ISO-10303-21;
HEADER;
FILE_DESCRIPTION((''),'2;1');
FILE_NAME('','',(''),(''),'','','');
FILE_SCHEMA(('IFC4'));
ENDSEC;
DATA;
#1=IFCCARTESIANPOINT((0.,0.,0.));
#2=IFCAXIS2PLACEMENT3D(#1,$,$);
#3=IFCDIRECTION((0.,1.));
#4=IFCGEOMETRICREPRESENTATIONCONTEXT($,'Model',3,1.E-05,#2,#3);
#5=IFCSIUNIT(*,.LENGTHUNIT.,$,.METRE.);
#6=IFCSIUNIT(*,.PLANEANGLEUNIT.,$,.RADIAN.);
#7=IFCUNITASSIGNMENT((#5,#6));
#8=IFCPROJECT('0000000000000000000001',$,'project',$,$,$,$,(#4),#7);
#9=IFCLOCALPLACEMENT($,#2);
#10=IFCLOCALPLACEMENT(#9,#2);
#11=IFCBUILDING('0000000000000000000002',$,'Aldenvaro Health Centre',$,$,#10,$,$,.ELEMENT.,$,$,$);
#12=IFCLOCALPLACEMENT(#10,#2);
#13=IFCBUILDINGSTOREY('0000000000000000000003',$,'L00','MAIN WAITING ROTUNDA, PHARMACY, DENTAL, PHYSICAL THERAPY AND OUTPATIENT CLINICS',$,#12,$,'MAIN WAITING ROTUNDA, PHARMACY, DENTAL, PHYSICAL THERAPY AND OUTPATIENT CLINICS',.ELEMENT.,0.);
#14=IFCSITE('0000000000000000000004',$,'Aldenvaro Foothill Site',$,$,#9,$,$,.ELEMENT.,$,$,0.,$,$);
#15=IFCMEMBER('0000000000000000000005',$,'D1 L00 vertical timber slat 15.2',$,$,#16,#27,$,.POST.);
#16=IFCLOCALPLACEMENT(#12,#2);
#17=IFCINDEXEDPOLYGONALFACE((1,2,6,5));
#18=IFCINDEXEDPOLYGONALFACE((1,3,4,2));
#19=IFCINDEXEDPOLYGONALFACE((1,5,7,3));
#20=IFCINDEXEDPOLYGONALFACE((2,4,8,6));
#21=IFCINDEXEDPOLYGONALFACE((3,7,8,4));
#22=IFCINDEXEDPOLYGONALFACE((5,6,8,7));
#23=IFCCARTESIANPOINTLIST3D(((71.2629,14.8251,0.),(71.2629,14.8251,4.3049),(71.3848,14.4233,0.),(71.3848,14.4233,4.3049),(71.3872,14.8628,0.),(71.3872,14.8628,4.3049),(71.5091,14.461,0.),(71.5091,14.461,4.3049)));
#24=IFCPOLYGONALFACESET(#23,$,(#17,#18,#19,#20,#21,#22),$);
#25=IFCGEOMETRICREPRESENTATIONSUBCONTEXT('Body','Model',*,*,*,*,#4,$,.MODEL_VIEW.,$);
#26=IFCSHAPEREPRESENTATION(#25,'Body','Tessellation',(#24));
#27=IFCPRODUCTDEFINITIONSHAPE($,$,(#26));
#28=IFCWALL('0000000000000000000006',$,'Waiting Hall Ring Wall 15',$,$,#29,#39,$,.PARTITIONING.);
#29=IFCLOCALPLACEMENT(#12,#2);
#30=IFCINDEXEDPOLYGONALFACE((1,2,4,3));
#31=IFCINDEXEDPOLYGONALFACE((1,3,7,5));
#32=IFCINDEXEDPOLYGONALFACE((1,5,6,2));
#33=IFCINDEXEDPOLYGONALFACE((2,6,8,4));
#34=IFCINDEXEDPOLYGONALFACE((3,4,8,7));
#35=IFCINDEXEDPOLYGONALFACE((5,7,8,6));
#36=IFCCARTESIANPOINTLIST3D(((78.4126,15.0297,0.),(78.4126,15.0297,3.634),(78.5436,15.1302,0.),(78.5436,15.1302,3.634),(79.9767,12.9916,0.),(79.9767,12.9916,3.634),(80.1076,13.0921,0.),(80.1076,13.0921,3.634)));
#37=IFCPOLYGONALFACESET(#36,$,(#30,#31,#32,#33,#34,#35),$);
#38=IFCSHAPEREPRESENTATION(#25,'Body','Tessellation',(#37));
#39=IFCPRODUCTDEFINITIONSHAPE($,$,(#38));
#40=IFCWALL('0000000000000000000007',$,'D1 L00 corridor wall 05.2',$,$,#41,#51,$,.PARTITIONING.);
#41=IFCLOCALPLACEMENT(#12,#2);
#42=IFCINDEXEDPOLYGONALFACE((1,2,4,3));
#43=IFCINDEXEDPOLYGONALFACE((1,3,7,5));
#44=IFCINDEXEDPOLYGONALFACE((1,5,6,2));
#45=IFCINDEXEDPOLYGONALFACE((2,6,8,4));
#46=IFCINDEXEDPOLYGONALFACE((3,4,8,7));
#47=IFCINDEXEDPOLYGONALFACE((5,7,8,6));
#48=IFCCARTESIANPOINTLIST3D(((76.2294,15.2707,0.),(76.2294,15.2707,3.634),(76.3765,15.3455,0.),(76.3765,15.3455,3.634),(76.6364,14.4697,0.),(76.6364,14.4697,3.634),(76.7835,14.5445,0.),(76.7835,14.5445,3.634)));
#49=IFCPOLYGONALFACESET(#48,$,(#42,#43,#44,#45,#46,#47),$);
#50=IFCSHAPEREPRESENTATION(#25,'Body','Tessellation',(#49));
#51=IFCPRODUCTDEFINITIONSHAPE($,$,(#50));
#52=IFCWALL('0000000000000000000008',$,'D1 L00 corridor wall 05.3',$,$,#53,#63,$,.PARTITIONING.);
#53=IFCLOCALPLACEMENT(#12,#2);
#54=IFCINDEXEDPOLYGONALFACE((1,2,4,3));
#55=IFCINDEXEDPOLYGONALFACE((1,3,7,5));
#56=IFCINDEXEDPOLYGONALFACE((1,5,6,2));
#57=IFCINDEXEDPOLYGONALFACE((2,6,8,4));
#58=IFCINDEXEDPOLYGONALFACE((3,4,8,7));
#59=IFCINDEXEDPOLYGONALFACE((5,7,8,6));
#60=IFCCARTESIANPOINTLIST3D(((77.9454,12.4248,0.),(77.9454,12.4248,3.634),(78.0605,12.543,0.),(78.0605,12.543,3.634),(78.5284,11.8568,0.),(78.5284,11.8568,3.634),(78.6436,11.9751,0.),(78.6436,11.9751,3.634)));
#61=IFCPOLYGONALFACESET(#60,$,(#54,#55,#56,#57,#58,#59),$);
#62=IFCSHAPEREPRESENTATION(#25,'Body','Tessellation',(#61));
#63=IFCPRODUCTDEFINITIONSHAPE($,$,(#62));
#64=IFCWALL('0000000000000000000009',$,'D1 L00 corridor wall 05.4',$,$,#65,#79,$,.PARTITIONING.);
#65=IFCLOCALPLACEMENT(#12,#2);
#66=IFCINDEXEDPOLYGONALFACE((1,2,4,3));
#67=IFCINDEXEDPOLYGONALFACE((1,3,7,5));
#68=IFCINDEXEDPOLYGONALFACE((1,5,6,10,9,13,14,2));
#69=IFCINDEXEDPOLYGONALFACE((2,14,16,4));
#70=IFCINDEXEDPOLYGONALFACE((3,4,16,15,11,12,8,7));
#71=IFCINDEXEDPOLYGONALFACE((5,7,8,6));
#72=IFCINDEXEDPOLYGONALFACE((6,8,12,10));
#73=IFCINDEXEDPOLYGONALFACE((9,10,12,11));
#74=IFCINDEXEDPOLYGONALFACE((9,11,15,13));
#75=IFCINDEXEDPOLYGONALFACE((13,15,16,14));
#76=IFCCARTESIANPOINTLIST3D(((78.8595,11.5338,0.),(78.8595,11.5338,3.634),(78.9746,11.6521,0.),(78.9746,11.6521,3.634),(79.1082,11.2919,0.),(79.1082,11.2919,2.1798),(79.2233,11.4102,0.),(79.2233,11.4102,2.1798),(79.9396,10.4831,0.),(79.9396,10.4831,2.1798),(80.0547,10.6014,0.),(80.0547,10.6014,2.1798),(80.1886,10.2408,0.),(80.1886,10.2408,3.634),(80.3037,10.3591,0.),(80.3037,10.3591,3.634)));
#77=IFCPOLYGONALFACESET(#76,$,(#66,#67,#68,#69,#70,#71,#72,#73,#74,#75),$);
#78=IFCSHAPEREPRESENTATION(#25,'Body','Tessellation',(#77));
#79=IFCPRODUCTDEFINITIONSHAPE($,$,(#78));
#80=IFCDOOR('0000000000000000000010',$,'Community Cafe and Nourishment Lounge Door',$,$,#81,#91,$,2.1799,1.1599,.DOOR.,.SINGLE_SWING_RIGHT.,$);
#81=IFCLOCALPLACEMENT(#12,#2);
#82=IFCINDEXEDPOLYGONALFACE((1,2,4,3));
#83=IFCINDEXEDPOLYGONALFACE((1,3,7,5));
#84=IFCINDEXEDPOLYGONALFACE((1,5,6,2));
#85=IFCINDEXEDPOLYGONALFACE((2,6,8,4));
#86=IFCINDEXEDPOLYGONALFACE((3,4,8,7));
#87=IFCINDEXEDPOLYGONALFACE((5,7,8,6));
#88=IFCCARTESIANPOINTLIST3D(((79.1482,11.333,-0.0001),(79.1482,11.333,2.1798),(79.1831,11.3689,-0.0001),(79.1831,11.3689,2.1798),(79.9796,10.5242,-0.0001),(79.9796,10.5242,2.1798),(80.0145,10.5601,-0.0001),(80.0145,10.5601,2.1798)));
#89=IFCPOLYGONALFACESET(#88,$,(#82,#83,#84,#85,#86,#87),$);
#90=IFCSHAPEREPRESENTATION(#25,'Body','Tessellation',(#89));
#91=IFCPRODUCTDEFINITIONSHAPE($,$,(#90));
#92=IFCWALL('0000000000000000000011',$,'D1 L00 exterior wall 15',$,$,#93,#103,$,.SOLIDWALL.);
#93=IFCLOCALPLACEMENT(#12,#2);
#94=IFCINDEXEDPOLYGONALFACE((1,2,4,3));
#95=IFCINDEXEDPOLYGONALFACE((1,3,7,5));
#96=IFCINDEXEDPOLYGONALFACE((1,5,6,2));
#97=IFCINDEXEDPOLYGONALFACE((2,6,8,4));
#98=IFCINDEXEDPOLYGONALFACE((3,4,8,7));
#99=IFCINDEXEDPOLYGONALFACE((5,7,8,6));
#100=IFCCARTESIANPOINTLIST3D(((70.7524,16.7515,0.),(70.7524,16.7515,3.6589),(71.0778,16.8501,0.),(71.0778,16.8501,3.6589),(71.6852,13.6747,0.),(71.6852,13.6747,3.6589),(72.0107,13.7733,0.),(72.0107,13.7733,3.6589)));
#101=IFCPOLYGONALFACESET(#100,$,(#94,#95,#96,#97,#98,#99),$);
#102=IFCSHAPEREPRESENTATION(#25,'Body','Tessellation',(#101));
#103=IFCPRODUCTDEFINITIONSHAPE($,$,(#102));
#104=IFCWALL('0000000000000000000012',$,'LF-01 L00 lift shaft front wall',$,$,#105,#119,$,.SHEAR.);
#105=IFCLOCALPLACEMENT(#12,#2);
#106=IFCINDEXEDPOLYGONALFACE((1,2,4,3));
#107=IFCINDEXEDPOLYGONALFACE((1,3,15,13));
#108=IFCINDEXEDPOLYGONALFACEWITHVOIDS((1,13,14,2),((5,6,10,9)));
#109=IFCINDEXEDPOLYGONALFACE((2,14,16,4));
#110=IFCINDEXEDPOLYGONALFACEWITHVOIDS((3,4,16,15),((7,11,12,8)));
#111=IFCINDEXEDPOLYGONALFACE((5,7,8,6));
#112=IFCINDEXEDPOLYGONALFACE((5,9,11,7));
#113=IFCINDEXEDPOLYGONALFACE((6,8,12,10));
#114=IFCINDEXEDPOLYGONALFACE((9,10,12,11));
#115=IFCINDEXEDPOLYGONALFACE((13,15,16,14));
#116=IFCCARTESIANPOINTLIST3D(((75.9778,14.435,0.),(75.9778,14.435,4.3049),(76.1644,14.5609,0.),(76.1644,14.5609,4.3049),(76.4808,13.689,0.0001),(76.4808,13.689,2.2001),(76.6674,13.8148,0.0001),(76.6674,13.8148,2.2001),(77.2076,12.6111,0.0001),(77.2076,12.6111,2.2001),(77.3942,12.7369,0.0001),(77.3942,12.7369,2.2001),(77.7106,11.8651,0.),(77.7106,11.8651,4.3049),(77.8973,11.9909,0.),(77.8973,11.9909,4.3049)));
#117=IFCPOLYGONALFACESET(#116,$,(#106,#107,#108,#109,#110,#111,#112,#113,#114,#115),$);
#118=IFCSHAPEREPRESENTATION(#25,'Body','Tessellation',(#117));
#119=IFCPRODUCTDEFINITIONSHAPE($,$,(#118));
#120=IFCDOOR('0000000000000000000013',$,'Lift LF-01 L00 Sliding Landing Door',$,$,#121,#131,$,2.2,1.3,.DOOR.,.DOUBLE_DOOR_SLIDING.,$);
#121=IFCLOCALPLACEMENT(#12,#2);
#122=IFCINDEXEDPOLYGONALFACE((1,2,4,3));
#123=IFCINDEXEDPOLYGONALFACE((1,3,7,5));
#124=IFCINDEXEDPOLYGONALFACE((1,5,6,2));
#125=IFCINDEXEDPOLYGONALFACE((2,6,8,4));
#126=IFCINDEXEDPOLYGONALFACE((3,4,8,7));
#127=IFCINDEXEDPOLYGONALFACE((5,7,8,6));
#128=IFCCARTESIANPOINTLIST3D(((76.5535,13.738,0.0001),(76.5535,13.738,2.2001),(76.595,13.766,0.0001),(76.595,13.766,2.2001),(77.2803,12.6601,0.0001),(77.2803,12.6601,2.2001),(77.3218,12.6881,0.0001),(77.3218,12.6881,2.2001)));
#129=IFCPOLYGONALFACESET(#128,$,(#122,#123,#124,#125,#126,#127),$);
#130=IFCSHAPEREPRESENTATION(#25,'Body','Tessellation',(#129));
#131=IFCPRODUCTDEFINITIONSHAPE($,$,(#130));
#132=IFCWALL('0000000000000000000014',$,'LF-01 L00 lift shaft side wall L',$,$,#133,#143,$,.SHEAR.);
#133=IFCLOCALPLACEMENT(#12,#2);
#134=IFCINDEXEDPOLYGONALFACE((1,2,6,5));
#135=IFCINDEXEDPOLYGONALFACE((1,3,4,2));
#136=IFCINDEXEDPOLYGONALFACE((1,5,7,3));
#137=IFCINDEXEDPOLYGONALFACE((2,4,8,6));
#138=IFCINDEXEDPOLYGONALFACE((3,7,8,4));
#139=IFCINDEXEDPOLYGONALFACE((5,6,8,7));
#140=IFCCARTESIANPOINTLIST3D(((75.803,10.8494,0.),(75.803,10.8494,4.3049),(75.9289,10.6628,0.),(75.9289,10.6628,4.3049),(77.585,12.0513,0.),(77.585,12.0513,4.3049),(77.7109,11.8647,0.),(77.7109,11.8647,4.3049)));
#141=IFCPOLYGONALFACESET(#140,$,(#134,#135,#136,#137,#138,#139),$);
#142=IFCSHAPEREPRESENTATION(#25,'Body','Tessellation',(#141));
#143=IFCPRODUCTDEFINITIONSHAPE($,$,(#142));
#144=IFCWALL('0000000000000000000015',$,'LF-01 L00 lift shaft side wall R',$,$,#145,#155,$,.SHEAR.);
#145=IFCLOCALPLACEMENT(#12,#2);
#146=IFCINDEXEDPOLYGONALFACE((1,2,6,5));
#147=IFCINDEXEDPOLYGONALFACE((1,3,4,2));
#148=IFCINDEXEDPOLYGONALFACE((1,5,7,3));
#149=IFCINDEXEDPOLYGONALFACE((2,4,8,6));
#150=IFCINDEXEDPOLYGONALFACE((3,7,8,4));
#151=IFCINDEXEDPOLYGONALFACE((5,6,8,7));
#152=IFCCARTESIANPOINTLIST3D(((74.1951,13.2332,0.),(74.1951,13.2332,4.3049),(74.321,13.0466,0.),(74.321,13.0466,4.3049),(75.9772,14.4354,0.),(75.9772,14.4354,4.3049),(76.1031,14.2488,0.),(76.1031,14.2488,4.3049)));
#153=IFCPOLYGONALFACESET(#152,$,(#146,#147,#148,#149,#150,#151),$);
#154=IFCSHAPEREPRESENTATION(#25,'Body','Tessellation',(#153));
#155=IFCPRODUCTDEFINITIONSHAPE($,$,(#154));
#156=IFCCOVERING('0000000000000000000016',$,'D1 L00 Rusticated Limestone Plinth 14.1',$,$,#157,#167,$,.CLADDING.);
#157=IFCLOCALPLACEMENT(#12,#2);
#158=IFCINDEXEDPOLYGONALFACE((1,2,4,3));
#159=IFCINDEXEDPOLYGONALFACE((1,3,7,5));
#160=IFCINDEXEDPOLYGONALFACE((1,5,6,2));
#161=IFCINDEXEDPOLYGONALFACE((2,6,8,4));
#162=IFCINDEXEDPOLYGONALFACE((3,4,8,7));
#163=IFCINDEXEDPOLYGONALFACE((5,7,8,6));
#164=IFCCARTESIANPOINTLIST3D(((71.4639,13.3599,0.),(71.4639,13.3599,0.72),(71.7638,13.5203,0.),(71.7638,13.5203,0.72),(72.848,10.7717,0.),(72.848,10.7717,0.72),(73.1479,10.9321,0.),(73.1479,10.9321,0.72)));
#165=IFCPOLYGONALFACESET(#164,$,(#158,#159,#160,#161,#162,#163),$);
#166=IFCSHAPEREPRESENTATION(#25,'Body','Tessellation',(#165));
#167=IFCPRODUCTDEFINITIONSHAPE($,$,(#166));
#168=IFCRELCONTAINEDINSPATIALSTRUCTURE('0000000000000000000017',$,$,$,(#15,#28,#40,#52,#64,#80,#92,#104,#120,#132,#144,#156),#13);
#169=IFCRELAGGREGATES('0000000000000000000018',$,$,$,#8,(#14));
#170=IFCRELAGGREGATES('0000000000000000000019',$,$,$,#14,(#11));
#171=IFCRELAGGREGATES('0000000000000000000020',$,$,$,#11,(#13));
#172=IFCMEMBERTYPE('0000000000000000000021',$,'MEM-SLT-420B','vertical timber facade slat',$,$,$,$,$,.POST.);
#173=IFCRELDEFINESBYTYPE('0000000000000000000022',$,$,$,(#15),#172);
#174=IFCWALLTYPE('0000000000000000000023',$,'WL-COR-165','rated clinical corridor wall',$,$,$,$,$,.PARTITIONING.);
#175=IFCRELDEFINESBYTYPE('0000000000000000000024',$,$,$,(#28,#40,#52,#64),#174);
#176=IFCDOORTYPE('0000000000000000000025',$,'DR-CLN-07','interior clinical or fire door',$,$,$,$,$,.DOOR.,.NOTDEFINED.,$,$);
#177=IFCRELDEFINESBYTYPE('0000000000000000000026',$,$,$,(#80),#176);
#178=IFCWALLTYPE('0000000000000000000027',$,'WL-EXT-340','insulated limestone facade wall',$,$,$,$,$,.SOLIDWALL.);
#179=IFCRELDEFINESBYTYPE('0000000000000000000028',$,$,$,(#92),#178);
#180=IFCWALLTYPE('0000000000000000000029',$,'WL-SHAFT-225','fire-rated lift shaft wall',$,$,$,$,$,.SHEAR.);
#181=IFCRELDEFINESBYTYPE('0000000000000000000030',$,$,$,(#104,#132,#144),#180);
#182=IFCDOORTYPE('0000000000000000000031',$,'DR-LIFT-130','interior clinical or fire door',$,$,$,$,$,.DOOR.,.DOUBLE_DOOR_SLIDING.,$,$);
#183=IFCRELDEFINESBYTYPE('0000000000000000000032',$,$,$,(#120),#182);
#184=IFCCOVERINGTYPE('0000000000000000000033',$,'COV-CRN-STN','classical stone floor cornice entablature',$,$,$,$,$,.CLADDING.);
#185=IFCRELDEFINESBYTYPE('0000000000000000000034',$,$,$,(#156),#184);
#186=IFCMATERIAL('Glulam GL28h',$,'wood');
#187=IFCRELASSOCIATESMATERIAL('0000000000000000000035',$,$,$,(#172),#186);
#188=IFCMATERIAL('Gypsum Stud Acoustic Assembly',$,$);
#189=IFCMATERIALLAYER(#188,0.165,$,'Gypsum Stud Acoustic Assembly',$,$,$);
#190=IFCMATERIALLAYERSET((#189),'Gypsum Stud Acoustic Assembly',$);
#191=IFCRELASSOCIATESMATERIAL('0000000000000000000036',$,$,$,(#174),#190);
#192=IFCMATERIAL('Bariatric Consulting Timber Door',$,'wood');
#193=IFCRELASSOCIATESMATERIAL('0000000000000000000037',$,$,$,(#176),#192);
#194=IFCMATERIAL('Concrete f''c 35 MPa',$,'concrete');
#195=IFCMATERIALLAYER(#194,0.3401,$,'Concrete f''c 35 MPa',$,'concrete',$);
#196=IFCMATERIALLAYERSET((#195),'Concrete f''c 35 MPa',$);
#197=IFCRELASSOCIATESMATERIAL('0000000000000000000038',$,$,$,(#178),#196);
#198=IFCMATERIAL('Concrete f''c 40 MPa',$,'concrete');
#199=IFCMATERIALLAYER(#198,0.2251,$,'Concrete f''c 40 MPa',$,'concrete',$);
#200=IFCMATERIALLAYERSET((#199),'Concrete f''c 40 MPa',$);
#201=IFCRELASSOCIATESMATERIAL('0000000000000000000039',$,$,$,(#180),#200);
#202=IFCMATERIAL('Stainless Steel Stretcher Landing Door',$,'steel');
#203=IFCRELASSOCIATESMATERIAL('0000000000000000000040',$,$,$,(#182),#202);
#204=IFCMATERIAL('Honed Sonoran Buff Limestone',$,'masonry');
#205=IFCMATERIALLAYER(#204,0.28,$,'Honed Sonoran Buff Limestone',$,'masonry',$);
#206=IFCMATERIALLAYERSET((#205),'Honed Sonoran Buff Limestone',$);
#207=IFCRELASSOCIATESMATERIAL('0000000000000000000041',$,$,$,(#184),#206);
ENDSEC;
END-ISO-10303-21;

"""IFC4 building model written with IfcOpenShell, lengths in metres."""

from ifc_helpers import new_model, si_unit, direction, frame, frame_2d, origin, origin_2d, place, context, subcontext, project, spatial, rectangle, extrude, material, layer, layer_set, material_profile, profile_set, type_object, element, fill, save


model = new_model("IFC4")

# Units and contexts
model_context = context("Model", 3, precision=1e-05, world=origin(), true_north=direction((0.0, 1.0)))
body_context = subcontext(model_context, "Body", "Model", "MODEL_VIEW")
ifc_project = project(units=[si_unit("LENGTHUNIT", "METRE"), si_unit("PLANEANGLEUNIT", "RADIAN")], contexts=[model_context])

# Site, building, storey
site_placement = place(None, origin())
site = spatial("IfcSite", under=ifc_project, at=site_placement, Name="Aldenvaro Foothill Site", CompositionType="ELEMENT", RefElevation=0.0)
building_placement = place(site_placement, origin())
building = spatial("IfcBuilding", under=site, at=building_placement, Name="Aldenvaro Health Centre", CompositionType="ELEMENT")
storey_placement = place(building_placement, origin())
storey = spatial("IfcBuildingStorey", under=building, at=storey_placement, Name="L00", Description="MAIN WAITING ROTUNDA, PHARMACY, DENTAL, PHYSICAL THERAPY AND OUTPATIENT CLINICS", LongName="MAIN WAITING ROTUNDA, PHARMACY, DENTAL, PHYSICAL THERAPY AND OUTPATIENT CLINICS", CompositionType="ELEMENT", Elevation=0.0)

# Shared definitions
ifc_material_1 = material(Name="Concrete f'c 40 MPa", Category="concrete")

# Shared definitions
ifc_material_2 = material(Name="Glulam GL28h", Category="wood")

# Member
ifc_material_profile_1 = material_profile(ifc_material_2, rectangle(XDim=0.1299, YDim=0.4199, at=origin_2d()), Name="GL 130x420", Category="wood")
ifc_profile_set_1 = profile_set([ifc_material_profile_1], Name="Glulam GL28h")
member_type_1 = type_object("IfcMemberType", Name="MEM-SLT-420B", Description="vertical timber facade slat", PredefinedType="POST", material=ifc_profile_set_1)
for number, where, z_axis, x_axis, name in (
    (1, (71.386, 14.6431, 0.0), (0.0, 0.0, 1.0), (-0.956975, -0.290171, 0.0), "D1 L00 vertical timber slat 15.2"),
):
    element("IfcMember", number, at=place(storey_placement, frame(where, z_axis=z_axis, x_axis=x_axis)), inside=storey, type_object=member_type_1, Name=name, PredefinedType="POST", context=body_context, shape_type="SweptSolid", body=[
        extrude(rectangle(XDim=0.1299, YDim=0.4199, at=origin_2d()), origin(), (0.0, 0.0, 1.0), 4.3049),
    ])

# Walls
ifc_material_3 = material(Name="Gypsum Stud Acoustic Assembly")
ifc_layer_1 = layer(ifc_material_3, 0.165, Name="Gypsum Stud Acoustic Assembly")
ifc_layer_set_1 = layer_set([ifc_layer_1], Name="Gypsum Stud Acoustic Assembly")
wall_type_1 = type_object("IfcWallType", Name="WL-COR-165", Description="rated clinical corridor wall", PredefinedType="PARTITIONING", material=ifc_layer_set_1)
wall_1_placement = place(storey_placement, frame((78.478, 15.0801, 0.0), z_axis=(0.0, 0.0, 1.0), x_axis=(0.608783, -0.793337, 0.0)))
element("IfcWall", 2, at=wall_1_placement, inside=storey, type_object=wall_type_1, Name="Waiting Hall Ring Wall 15", PredefinedType="PARTITIONING", context=body_context, shape_type="SweptSolid", body=[
    extrude(rectangle(XDim=2.5691, YDim=0.165, at=frame_2d((1.2847, 0.0))), origin(), (0.0, 0.0, 1.0), 3.634),
])
wall_2_placement = place(storey_placement, frame((76.303, 15.3081, 0.0), z_axis=(0.0, 0.0, 1.0), x_axis=(0.452965, -0.891528, 0.0)))
element("IfcWall", 3, at=wall_2_placement, inside=storey, type_object=wall_type_1, Name="D1 L00 corridor wall 05.2", PredefinedType="PARTITIONING", context=body_context, shape_type="SweptSolid", body=[
    extrude(rectangle(XDim=0.8984, YDim=0.165, at=frame_2d((0.4492, 0.0))), origin(), (0.0, 0.0, 1.0), 3.634),
])
wall_3_placement = place(storey_placement, frame((78.0029, 12.4839, 0.0), z_axis=(0.0, 0.0, 1.0), x_axis=(0.716345, -0.697746, 0.0)))
element("IfcWall", 4, at=wall_3_placement, inside=storey, type_object=wall_type_1, Name="D1 L00 corridor wall 05.3", PredefinedType="PARTITIONING", context=body_context, shape_type="SweptSolid", body=[
    extrude(rectangle(XDim=0.814, YDim=0.165, at=frame_2d((0.407, 0.0))), origin(), (0.0, 0.0, 1.0), 3.634),
])

# Wall, opening, door
wall_4_placement = place(storey_placement, frame((78.917, 11.593, 0.0), z_axis=(0.0, 0.0, 1.0), x_axis=(0.716783, -0.697296, 0.0)))
wall_4 = element("IfcWall", 5, at=wall_4_placement, inside=storey, type_object=wall_type_1, Name="D1 L00 corridor wall 05.4", PredefinedType="PARTITIONING", context=body_context, shape_type="SweptSolid", body=[
    extrude(rectangle(XDim=1.8542, YDim=0.165, at=frame_2d((0.9272, 0.0))), origin(), (0.0, 0.0, 1.0), 3.634),
])
opening_1_placement = place(wall_4_placement, frame((0.3469, 0.0, 0.0)))
opening_1 = element("IfcOpeningElement", 6, at=opening_1_placement, cuts=wall_4, PredefinedType="OPENING", context=body_context, shape_type="SweptSolid", body=[
    extrude(rectangle(XDim=1.1599, YDim=2.1799, at=frame_2d((0.5801, 1.0898))), frame((0.0, 0.0925, 0.0), z_axis=(0.0, -1.0, 0.0), x_axis=(1.0, 0.0, 0.0)), (0.0, 0.0, 1.0), 0.1851),
])
ifc_material_4 = material(Name="Bariatric Consulting Timber Door", Category="wood")
door_type_1 = type_object("IfcDoorType", Name="DR-CLN-07", Description="interior clinical or fire door", OperationType="NOTDEFINED", PredefinedType="DOOR", material=ifc_material_4)
door_1_placement = place(opening_1_placement, origin())
door_1 = element("IfcDoor", 7, at=door_1_placement, inside=storey, type_object=door_type_1, Name="Community Cafe and Nourishment Lounge Door", OperationType="SINGLE_SWING_RIGHT", OverallHeight=2.1799, OverallWidth=1.1599, PredefinedType="DOOR", context=body_context, shape_type="SweptSolid", body=[
    extrude(rectangle(XDim=1.1599, YDim=2.1799, at=frame_2d((0.5801, 1.0898))), frame((0.0, 0.0249, 0.0), z_axis=(0.0, -1.0, 0.0), x_axis=(1.0, 0.0, 0.0)), (0.0, 0.0, 1.0), 0.05),
])
fill(opening_1, door_1)

# Wall
ifc_material_5 = material(Name="Concrete f'c 35 MPa", Category="concrete")
ifc_layer_2 = layer(ifc_material_5, 0.3401, Name="Concrete f'c 35 MPa", Category="concrete")
ifc_layer_set_2 = layer_set([ifc_layer_2], Name="Concrete f'c 35 MPa")
wall_type_2 = type_object("IfcWallType", Name="WL-EXT-340", Description="insulated limestone facade wall", PredefinedType="SOLIDWALL", material=ifc_layer_set_2)
wall_5_placement = place(storey_placement, frame((71.8479, 13.7241, 0.0), z_axis=(0.0, 0.0, 1.0), x_axis=(-0.29014, 0.956984, 0.0)))
element("IfcWall", 8, at=wall_5_placement, inside=storey, type_object=wall_type_2, Name="D1 L00 exterior wall 15", PredefinedType="SOLIDWALL", context=body_context, shape_type="SweptSolid", body=[
    extrude(rectangle(XDim=3.2151, YDim=0.3401, at=frame_2d((1.6074, 0.0))), origin(), (0.0, 0.0, 1.0), 3.6589),
])

# Wall, opening, door
ifc_layer_3 = layer(ifc_material_1, 0.2251, Name="Concrete f'c 40 MPa", Category="concrete")
ifc_layer_set_3 = layer_set([ifc_layer_3], Name="Concrete f'c 40 MPa")
wall_type_3 = type_object("IfcWallType", Name="WL-SHAFT-225", Description="fire-rated lift shaft wall", PredefinedType="SHEAR", material=ifc_layer_set_3)
wall_6_placement = place(storey_placement, frame((77.804, 11.928, 0.0), z_axis=(0.0, 0.0, 1.0), x_axis=(-0.559055, 0.829131, 0.0)))
wall_6 = element("IfcWall", 9, at=wall_6_placement, inside=storey, type_object=wall_type_3, Name="LF-01 L00 lift shaft front wall", PredefinedType="SHEAR", context=body_context, shape_type="SweptSolid", body=[
    extrude(rectangle(XDim=3.0996, YDim=0.2251, at=frame_2d((1.5498, 0.0))), origin(), (0.0, 0.0, 1.0), 4.3049),
])
opening_2_placement = place(wall_6_placement, frame((0.8999, 0.0, 0.0)))
opening_2 = element("IfcOpeningElement", 10, at=opening_2_placement, cuts=wall_6, PredefinedType="OPENING", context=body_context, shape_type="SweptSolid", body=[
    extrude(rectangle(XDim=1.3, YDim=2.2, at=frame_2d((0.6499, 1.1001))), frame((0.0, 0.1226, 0.0), z_axis=(0.0, -1.0, 0.0), x_axis=(1.0, 0.0, 0.0)), (0.0, 0.0, 1.0), 0.2451),
])
ifc_material_6 = material(Name="Stainless Steel Stretcher Landing Door", Category="steel")
door_type_2 = type_object("IfcDoorType", Name="DR-LIFT-130", Description="interior clinical or fire door", OperationType="DOUBLE_DOOR_SLIDING", PredefinedType="DOOR", material=ifc_material_6)
door_2_placement = place(opening_2_placement, origin())
door_2 = element("IfcDoor", 11, at=door_2_placement, inside=storey, type_object=door_type_2, Name="Lift LF-01 L00 Sliding Landing Door", OperationType="DOUBLE_DOOR_SLIDING", OverallHeight=2.2, OverallWidth=1.3, PredefinedType="DOOR", context=body_context, shape_type="SweptSolid", body=[
    extrude(rectangle(XDim=1.3, YDim=2.2, at=frame_2d((0.6499, 1.1001))), frame((0.0, 0.0249, 0.0), z_axis=(0.0, -1.0, 0.0), x_axis=(1.0, 0.0, 0.0)), (0.0, 0.0, 1.0), 0.05),
])
fill(opening_2, door_2)

# Walls
wall_7_placement = place(storey_placement, frame((77.6479, 11.958, 0.0), z_axis=(0.0, 0.0, 1.0), x_axis=(-0.82905, -0.559174, 0.0)))
element("IfcWall", 12, at=wall_7_placement, inside=storey, type_object=wall_type_3, Name="LF-01 L00 lift shaft side wall L", PredefinedType="SHEAR", context=body_context, shape_type="SweptSolid", body=[
    extrude(rectangle(XDim=2.1494, YDim=0.2251, at=frame_2d((1.0747, 0.0))), origin(), (0.0, 0.0, 1.0), 4.3049),
])
wall_8_placement = place(storey_placement, frame((76.04, 14.342, 0.0), z_axis=(0.0, 0.0, 1.0), x_axis=(-0.828997, -0.559252, 0.0)))
element("IfcWall", 13, at=wall_8_placement, inside=storey, type_object=wall_type_3, Name="LF-01 L00 lift shaft side wall R", PredefinedType="SHEAR", context=body_context, shape_type="SweptSolid", body=[
    extrude(rectangle(XDim=2.1497, YDim=0.2251, at=frame_2d((1.0747, 0.0))), origin(), (0.0, 0.0, 1.0), 4.3049),
])

# Covering
ifc_material_7 = material(Name="Honed Sonoran Buff Limestone", Category="masonry")
ifc_layer_4 = layer(ifc_material_7, 0.28, Name="Honed Sonoran Buff Limestone", Category="masonry")
ifc_layer_set_4 = layer_set([ifc_layer_4], Name="Honed Sonoran Buff Limestone")
covering_type = type_object("IfcCoveringType", Name="COV-CRN-STN", Description="classical stone floor cornice entablature", PredefinedType="CLADDING", material=ifc_layer_set_4)
covering_1_placement = place(storey_placement, frame((72.3059, 12.146, 0.0), z_axis=(0.0, 0.0, 1.0), x_axis=(-0.471557, 0.881836, 0.0)))
element("IfcCovering", 14, at=covering_1_placement, inside=storey, type_object=covering_type, Name="D1 L00 Rusticated Limestone Plinth 14.1", PredefinedType="CLADDING", context=body_context, shape_type="SweptSolid", body=[
    extrude(rectangle(XDim=2.9351, YDim=0.3401, at=origin_2d()), origin(), (0.0, 0.0, 1.0), 0.72),
])

save(model, "model.ifc")
